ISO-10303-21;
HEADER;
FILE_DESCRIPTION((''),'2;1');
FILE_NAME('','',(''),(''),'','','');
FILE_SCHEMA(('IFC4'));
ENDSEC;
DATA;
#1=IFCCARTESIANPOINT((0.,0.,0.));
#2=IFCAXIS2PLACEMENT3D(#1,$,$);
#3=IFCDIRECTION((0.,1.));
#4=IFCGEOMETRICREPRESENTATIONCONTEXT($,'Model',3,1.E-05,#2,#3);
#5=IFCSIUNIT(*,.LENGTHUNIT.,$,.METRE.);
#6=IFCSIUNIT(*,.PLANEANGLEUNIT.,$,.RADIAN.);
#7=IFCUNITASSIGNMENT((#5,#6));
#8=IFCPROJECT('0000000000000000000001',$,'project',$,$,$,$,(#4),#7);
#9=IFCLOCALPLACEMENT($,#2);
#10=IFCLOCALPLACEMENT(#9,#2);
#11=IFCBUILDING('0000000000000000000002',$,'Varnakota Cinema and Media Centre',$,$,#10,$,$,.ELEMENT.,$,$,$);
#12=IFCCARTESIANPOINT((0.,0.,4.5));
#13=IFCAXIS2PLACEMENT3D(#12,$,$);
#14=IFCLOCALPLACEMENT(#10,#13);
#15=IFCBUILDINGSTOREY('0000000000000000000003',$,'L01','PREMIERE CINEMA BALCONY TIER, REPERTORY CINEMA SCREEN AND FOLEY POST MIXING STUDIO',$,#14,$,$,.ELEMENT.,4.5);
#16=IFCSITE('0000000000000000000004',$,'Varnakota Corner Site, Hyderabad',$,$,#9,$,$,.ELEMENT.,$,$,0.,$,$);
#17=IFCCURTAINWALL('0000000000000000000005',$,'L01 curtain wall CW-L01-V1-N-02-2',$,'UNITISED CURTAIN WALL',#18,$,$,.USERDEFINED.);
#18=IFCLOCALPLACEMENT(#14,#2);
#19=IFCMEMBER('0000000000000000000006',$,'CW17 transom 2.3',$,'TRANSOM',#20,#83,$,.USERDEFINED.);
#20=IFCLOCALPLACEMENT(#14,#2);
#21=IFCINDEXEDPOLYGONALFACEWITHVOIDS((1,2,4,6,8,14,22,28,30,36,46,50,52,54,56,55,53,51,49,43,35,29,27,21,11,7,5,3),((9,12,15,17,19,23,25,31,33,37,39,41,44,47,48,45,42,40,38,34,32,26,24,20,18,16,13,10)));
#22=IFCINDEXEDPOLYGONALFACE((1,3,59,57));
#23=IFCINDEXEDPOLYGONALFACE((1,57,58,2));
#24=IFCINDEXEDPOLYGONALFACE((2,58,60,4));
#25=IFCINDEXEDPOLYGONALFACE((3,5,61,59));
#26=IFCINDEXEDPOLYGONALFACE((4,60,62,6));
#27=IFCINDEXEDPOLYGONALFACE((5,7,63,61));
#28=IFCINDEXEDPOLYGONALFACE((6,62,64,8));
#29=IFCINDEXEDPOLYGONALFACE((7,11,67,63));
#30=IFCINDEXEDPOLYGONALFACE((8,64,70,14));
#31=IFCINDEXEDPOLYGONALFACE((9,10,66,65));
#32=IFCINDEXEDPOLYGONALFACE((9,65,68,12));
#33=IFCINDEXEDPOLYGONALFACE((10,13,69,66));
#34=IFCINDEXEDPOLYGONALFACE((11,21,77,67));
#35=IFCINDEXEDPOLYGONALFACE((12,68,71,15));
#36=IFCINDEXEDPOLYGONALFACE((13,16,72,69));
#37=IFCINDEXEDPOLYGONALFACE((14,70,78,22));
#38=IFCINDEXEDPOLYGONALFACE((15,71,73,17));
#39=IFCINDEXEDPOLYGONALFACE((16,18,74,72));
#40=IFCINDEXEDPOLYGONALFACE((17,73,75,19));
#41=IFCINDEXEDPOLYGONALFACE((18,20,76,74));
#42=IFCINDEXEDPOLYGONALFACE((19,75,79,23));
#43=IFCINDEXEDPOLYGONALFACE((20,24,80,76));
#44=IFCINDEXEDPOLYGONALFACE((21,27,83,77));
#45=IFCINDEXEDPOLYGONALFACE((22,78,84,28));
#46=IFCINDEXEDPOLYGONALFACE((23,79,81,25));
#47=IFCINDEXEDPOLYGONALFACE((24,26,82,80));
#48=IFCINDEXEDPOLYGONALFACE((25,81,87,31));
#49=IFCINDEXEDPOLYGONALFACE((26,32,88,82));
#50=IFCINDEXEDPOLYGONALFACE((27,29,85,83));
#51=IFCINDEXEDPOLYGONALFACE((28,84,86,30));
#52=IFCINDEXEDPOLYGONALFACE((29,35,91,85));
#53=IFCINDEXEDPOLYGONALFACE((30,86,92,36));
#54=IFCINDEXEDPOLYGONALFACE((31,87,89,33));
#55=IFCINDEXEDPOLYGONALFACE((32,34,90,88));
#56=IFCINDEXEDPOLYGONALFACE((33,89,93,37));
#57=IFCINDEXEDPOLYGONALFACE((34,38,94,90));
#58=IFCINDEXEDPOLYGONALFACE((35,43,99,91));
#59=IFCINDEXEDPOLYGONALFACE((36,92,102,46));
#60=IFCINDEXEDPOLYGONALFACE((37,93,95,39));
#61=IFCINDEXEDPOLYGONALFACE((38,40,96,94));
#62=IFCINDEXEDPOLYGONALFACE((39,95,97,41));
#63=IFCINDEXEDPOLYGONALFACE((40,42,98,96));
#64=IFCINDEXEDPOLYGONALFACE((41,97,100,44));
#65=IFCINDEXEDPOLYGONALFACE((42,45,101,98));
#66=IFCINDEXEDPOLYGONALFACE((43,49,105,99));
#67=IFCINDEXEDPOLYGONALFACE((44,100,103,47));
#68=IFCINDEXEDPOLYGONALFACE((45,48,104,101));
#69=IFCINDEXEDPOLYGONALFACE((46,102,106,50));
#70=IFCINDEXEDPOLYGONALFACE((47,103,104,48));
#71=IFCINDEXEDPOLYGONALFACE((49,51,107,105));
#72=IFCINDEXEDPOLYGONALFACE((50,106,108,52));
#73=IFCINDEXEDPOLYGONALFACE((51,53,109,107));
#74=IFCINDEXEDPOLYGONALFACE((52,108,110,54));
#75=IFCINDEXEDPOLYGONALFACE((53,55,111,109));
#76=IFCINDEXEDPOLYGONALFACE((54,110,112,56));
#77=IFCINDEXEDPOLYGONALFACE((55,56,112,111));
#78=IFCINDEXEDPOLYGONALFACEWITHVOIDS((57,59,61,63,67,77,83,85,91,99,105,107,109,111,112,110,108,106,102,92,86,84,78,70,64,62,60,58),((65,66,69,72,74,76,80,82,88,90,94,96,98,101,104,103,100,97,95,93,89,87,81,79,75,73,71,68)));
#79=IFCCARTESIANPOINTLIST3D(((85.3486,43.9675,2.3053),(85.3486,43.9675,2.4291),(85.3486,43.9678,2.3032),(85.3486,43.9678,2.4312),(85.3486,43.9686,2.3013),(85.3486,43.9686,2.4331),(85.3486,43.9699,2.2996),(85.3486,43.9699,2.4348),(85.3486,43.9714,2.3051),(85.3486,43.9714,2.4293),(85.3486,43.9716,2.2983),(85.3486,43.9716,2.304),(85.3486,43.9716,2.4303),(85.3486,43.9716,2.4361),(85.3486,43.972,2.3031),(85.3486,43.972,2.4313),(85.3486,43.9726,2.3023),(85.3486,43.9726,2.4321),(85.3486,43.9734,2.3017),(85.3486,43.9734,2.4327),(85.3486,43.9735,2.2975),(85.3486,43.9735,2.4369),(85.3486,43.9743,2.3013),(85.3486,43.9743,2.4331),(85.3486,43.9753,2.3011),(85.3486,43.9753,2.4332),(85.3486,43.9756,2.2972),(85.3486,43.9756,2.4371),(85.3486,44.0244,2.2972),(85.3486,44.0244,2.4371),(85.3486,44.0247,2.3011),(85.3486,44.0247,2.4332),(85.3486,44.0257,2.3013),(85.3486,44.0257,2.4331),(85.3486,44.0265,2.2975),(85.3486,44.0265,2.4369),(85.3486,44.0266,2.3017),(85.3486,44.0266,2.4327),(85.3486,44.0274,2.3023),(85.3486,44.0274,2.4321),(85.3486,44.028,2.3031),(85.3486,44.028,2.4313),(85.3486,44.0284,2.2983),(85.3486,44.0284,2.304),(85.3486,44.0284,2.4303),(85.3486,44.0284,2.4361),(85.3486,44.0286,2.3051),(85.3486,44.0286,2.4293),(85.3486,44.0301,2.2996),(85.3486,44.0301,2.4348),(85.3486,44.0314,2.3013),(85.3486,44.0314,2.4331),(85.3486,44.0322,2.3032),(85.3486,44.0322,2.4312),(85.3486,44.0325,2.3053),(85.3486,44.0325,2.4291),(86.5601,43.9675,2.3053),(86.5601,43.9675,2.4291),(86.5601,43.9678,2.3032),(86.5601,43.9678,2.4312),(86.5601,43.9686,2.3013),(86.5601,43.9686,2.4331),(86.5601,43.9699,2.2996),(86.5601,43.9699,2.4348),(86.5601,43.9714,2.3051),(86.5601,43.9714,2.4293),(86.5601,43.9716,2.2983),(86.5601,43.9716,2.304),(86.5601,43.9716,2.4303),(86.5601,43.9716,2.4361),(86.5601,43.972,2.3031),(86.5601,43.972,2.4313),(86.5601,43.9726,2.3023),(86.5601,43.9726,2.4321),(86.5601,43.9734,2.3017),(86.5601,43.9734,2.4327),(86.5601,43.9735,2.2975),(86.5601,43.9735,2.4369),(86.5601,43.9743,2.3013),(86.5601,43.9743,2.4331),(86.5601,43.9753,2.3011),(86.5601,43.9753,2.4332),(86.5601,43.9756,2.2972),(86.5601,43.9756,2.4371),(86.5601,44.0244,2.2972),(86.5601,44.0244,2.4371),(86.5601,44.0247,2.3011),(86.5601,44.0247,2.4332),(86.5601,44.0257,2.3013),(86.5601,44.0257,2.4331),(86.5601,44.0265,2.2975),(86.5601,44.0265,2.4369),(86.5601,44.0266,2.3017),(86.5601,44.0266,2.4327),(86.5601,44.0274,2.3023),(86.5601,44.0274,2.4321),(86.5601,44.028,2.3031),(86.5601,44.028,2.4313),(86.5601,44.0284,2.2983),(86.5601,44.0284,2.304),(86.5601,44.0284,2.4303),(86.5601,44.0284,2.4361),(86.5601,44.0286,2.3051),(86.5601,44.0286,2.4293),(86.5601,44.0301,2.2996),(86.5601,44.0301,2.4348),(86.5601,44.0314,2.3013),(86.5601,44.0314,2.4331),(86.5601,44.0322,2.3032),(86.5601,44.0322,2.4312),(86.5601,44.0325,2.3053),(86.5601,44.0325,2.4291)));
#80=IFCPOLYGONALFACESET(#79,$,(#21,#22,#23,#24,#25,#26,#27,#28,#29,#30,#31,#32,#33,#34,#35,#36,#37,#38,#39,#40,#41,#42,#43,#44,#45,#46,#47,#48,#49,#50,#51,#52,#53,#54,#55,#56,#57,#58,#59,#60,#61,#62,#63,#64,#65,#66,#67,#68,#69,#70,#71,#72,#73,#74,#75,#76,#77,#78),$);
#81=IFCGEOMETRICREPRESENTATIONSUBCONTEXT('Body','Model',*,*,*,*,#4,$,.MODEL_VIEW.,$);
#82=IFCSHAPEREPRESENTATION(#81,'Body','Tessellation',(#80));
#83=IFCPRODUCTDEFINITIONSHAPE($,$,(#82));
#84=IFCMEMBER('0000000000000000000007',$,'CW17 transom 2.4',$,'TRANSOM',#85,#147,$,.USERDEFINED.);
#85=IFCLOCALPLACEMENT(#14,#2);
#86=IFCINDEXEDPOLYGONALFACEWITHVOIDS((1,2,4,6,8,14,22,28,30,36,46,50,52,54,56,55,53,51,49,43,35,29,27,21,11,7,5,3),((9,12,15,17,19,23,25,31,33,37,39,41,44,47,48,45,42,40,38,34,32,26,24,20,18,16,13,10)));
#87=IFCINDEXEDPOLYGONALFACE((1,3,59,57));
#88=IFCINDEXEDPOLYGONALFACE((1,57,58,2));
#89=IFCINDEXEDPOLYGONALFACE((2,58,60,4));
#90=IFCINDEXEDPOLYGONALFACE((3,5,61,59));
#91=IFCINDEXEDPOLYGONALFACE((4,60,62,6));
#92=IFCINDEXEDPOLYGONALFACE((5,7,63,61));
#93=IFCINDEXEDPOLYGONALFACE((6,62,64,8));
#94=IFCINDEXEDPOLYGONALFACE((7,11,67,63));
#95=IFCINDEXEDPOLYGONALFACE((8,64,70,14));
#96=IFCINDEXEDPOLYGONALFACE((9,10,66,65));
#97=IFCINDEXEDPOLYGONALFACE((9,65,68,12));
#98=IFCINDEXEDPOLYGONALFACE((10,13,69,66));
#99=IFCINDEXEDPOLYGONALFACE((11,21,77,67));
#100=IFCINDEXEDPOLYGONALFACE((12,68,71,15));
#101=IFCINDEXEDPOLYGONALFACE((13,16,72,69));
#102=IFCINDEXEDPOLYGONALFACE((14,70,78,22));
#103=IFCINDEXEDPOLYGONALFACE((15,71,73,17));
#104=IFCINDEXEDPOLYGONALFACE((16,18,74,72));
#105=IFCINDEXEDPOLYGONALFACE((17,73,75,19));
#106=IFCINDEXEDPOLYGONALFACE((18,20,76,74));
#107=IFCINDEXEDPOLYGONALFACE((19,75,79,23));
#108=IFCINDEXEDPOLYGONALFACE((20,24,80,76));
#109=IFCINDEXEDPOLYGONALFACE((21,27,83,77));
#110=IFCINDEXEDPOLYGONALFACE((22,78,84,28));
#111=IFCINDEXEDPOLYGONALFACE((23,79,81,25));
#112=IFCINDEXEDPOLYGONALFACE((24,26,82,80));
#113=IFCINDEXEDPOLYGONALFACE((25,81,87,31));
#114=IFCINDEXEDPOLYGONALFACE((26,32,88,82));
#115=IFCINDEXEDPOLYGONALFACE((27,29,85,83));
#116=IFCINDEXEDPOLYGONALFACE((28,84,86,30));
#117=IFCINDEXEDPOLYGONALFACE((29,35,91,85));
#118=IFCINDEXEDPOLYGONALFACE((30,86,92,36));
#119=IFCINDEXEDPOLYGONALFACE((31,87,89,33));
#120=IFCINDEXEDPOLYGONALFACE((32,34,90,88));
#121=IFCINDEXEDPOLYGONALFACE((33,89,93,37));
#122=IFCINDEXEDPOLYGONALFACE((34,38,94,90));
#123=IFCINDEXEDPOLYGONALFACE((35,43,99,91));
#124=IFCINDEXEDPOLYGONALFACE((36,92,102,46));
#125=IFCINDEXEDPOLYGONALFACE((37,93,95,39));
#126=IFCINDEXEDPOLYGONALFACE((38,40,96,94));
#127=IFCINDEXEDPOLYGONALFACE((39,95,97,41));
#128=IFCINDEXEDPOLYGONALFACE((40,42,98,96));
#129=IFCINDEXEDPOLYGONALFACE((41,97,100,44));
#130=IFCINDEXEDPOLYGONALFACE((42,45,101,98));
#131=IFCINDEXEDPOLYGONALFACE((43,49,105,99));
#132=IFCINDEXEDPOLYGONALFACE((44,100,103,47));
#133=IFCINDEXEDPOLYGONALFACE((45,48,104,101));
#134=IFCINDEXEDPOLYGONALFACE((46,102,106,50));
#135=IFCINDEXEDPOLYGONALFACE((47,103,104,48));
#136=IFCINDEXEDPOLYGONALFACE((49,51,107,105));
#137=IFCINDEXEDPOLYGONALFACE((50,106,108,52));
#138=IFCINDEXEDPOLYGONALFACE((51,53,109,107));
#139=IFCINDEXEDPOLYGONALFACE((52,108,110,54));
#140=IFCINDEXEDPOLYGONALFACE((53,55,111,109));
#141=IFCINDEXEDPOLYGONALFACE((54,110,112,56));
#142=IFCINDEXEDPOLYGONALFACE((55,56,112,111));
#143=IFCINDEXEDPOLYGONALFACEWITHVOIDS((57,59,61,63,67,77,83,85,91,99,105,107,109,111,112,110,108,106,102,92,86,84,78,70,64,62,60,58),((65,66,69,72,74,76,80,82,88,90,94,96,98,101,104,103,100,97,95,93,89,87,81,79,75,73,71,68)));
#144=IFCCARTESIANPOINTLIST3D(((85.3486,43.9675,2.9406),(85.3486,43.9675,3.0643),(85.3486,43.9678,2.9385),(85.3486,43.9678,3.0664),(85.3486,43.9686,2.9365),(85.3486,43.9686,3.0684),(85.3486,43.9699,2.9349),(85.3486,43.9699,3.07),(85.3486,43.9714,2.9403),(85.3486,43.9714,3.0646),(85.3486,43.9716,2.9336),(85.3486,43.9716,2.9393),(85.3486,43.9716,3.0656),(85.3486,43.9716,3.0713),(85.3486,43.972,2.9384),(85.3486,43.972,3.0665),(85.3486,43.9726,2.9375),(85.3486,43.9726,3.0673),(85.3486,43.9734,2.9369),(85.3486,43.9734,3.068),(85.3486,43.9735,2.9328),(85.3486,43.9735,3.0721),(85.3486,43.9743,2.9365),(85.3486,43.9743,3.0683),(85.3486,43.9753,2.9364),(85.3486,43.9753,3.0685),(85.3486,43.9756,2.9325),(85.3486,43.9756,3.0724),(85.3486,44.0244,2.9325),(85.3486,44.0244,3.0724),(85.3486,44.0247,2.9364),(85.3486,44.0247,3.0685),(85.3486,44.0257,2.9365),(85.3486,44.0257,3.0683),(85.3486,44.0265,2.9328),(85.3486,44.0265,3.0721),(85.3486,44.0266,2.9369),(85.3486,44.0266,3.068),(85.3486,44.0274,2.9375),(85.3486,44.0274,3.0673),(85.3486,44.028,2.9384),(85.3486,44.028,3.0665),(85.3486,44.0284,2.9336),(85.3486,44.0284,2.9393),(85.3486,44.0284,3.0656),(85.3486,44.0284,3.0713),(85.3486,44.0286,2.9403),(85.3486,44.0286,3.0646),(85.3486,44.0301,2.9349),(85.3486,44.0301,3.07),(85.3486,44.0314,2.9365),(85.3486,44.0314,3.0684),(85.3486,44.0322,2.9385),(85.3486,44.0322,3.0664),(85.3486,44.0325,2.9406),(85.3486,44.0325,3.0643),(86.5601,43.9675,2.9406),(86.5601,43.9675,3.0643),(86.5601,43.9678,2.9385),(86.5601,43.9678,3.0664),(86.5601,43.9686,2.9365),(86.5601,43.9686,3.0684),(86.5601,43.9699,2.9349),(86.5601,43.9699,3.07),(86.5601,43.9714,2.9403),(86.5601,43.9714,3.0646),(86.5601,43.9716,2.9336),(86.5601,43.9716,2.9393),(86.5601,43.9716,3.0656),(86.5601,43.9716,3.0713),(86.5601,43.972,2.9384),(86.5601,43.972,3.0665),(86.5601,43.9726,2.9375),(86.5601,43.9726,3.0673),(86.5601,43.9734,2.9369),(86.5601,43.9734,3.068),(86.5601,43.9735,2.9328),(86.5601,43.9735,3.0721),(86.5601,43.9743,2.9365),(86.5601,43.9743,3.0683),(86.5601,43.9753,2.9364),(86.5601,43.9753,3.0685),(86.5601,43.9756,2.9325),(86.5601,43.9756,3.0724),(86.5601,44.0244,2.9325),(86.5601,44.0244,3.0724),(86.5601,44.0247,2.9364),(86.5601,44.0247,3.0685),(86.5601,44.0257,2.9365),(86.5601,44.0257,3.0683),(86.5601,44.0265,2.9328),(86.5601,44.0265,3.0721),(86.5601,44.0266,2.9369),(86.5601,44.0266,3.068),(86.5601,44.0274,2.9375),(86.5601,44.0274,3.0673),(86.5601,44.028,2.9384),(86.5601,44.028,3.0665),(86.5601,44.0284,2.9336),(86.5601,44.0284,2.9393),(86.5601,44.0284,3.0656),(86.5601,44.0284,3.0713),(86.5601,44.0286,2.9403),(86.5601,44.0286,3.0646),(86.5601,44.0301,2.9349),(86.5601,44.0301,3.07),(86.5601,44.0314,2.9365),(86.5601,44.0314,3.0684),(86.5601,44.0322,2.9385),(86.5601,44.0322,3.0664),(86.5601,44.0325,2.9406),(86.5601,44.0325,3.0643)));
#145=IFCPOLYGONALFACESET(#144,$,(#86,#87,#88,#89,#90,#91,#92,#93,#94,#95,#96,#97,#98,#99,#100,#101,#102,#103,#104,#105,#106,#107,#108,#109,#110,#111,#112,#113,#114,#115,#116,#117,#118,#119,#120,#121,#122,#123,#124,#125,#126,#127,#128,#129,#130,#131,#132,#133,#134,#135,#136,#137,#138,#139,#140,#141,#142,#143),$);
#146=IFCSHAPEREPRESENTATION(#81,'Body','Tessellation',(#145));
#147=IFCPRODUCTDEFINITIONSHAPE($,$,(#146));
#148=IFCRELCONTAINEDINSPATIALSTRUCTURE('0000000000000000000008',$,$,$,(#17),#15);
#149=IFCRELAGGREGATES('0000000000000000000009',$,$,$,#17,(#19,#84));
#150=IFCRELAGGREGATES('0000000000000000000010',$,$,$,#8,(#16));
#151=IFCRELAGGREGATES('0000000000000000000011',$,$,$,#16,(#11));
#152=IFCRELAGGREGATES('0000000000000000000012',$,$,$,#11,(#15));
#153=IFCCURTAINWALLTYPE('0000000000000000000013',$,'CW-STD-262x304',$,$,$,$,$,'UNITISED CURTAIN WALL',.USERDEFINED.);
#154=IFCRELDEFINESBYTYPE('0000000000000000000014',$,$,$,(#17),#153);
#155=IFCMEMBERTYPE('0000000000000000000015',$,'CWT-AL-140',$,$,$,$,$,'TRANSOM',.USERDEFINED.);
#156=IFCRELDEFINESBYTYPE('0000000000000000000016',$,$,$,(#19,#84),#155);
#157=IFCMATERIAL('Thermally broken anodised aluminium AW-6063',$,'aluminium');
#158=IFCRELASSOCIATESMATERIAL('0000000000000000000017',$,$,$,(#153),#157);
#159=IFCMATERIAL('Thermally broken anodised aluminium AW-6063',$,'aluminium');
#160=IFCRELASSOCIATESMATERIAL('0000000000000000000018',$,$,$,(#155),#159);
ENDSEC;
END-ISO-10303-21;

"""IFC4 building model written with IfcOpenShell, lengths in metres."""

from ifc_helpers import new_model, si_unit, direction, frame, origin, origin_2d, place, context, subcontext, project, spatial, hollow_rectangle, extrude, material, material_profile, profile_set, type_object, element, aggregate, save


model = new_model("IFC4")

# Units and contexts
model_context = context("Model", 3, precision=1e-05, world=origin(), true_north=direction((0.0, 1.0)))
body_context = subcontext(model_context, "Body", "Model", "MODEL_VIEW")
ifc_project = project(units=[si_unit("LENGTHUNIT", "METRE"), si_unit("PLANEANGLEUNIT", "RADIAN")], contexts=[model_context])

# Site, building, storey
site_placement = place(None, origin())
site = spatial("IfcSite", under=ifc_project, at=site_placement, Name="Varnakota Corner Site, Hyderabad", CompositionType="ELEMENT", RefElevation=0.0)
building_placement = place(site_placement, origin())
building = spatial("IfcBuilding", under=site, at=building_placement, Name="Varnakota Cinema and Media Centre", CompositionType="ELEMENT")
storey_placement = place(building_placement, frame((0.0, 0.0, 4.5)))
storey = spatial("IfcBuildingStorey", under=building, at=storey_placement, Name="L01", Description="PREMIERE CINEMA BALCONY TIER, REPERTORY CINEMA SCREEN AND FOLEY POST MIXING STUDIO", CompositionType="ELEMENT", Elevation=4.5)

# Curtain wall
ifc_material_1 = material(Name="Thermally broken anodised aluminium AW-6063", Category="aluminium")
curtain_wall_type = type_object("IfcCurtainWallType", Name="CW-STD-262x304", ElementType="UNITISED CURTAIN WALL", PredefinedType="USERDEFINED", material=ifc_material_1)
curtain_wall_1_placement = place(storey_placement, origin())
curtain_wall_1 = element("IfcCurtainWall", 1, at=curtain_wall_1_placement, inside=storey, type_object=curtain_wall_type, Name="L01 curtain wall CW-L01-V1-N-02-2", ObjectType="UNITISED CURTAIN WALL", PredefinedType="USERDEFINED")

# Members
ifc_material_2 = material(Name="Thermally broken anodised aluminium AW-6063", Category="aluminium")
ifc_material_profile_1 = material_profile(ifc_material_2, hollow_rectangle(XDim=0.0649, YDim=0.1399, WallThickness=0.0039, InnerFilletRadius=0.0039, OuterFilletRadius=0.0081, at=origin_2d()), Name="AL-TRANSOM 140x65x4")
ifc_profile_set_1 = profile_set([ifc_material_profile_1], Name="Thermally broken anodised aluminium AW-6063")
member_type_1 = type_object("IfcMemberType", Name="CWT-AL-140", ElementType="TRANSOM", PredefinedType="USERDEFINED", material=ifc_profile_set_1)
member_1_placement = place(storey_placement, frame((85.3486, 44.0, 2.3672), z_axis=(1.0, 0.0, 0.0), x_axis=(0.0, 1.0, 0.0)))
member_1 = element("IfcMember", 2, at=member_1_placement, type_object=member_type_1, Name="CW17 transom 2.3", ObjectType="TRANSOM", PredefinedType="USERDEFINED", context=body_context, shape_type="SweptSolid", body=[
    extrude(hollow_rectangle(XDim=0.0649, YDim=0.1399, WallThickness=0.0039, InnerFilletRadius=0.0039, OuterFilletRadius=0.0081, at=origin_2d()), origin(), (0.0, 0.0, 1.0), 1.2114),
])
member_2_placement = place(storey_placement, frame((85.3486, 44.0, 3.0024), z_axis=(1.0, 0.0, 0.0), x_axis=(0.0, 1.0, 0.0)))
member_2 = element("IfcMember", 3, at=member_2_placement, type_object=member_type_1, Name="CW17 transom 2.4", ObjectType="TRANSOM", PredefinedType="USERDEFINED", context=body_context, shape_type="SweptSolid", body=[
    extrude(hollow_rectangle(XDim=0.0649, YDim=0.1399, WallThickness=0.0039, InnerFilletRadius=0.0039, OuterFilletRadius=0.0081, at=origin_2d()), origin(), (0.0, 0.0, 1.0), 1.2114),
])

aggregate(curtain_wall_1, [member_1, member_2])

save(model, "model.ifc")
